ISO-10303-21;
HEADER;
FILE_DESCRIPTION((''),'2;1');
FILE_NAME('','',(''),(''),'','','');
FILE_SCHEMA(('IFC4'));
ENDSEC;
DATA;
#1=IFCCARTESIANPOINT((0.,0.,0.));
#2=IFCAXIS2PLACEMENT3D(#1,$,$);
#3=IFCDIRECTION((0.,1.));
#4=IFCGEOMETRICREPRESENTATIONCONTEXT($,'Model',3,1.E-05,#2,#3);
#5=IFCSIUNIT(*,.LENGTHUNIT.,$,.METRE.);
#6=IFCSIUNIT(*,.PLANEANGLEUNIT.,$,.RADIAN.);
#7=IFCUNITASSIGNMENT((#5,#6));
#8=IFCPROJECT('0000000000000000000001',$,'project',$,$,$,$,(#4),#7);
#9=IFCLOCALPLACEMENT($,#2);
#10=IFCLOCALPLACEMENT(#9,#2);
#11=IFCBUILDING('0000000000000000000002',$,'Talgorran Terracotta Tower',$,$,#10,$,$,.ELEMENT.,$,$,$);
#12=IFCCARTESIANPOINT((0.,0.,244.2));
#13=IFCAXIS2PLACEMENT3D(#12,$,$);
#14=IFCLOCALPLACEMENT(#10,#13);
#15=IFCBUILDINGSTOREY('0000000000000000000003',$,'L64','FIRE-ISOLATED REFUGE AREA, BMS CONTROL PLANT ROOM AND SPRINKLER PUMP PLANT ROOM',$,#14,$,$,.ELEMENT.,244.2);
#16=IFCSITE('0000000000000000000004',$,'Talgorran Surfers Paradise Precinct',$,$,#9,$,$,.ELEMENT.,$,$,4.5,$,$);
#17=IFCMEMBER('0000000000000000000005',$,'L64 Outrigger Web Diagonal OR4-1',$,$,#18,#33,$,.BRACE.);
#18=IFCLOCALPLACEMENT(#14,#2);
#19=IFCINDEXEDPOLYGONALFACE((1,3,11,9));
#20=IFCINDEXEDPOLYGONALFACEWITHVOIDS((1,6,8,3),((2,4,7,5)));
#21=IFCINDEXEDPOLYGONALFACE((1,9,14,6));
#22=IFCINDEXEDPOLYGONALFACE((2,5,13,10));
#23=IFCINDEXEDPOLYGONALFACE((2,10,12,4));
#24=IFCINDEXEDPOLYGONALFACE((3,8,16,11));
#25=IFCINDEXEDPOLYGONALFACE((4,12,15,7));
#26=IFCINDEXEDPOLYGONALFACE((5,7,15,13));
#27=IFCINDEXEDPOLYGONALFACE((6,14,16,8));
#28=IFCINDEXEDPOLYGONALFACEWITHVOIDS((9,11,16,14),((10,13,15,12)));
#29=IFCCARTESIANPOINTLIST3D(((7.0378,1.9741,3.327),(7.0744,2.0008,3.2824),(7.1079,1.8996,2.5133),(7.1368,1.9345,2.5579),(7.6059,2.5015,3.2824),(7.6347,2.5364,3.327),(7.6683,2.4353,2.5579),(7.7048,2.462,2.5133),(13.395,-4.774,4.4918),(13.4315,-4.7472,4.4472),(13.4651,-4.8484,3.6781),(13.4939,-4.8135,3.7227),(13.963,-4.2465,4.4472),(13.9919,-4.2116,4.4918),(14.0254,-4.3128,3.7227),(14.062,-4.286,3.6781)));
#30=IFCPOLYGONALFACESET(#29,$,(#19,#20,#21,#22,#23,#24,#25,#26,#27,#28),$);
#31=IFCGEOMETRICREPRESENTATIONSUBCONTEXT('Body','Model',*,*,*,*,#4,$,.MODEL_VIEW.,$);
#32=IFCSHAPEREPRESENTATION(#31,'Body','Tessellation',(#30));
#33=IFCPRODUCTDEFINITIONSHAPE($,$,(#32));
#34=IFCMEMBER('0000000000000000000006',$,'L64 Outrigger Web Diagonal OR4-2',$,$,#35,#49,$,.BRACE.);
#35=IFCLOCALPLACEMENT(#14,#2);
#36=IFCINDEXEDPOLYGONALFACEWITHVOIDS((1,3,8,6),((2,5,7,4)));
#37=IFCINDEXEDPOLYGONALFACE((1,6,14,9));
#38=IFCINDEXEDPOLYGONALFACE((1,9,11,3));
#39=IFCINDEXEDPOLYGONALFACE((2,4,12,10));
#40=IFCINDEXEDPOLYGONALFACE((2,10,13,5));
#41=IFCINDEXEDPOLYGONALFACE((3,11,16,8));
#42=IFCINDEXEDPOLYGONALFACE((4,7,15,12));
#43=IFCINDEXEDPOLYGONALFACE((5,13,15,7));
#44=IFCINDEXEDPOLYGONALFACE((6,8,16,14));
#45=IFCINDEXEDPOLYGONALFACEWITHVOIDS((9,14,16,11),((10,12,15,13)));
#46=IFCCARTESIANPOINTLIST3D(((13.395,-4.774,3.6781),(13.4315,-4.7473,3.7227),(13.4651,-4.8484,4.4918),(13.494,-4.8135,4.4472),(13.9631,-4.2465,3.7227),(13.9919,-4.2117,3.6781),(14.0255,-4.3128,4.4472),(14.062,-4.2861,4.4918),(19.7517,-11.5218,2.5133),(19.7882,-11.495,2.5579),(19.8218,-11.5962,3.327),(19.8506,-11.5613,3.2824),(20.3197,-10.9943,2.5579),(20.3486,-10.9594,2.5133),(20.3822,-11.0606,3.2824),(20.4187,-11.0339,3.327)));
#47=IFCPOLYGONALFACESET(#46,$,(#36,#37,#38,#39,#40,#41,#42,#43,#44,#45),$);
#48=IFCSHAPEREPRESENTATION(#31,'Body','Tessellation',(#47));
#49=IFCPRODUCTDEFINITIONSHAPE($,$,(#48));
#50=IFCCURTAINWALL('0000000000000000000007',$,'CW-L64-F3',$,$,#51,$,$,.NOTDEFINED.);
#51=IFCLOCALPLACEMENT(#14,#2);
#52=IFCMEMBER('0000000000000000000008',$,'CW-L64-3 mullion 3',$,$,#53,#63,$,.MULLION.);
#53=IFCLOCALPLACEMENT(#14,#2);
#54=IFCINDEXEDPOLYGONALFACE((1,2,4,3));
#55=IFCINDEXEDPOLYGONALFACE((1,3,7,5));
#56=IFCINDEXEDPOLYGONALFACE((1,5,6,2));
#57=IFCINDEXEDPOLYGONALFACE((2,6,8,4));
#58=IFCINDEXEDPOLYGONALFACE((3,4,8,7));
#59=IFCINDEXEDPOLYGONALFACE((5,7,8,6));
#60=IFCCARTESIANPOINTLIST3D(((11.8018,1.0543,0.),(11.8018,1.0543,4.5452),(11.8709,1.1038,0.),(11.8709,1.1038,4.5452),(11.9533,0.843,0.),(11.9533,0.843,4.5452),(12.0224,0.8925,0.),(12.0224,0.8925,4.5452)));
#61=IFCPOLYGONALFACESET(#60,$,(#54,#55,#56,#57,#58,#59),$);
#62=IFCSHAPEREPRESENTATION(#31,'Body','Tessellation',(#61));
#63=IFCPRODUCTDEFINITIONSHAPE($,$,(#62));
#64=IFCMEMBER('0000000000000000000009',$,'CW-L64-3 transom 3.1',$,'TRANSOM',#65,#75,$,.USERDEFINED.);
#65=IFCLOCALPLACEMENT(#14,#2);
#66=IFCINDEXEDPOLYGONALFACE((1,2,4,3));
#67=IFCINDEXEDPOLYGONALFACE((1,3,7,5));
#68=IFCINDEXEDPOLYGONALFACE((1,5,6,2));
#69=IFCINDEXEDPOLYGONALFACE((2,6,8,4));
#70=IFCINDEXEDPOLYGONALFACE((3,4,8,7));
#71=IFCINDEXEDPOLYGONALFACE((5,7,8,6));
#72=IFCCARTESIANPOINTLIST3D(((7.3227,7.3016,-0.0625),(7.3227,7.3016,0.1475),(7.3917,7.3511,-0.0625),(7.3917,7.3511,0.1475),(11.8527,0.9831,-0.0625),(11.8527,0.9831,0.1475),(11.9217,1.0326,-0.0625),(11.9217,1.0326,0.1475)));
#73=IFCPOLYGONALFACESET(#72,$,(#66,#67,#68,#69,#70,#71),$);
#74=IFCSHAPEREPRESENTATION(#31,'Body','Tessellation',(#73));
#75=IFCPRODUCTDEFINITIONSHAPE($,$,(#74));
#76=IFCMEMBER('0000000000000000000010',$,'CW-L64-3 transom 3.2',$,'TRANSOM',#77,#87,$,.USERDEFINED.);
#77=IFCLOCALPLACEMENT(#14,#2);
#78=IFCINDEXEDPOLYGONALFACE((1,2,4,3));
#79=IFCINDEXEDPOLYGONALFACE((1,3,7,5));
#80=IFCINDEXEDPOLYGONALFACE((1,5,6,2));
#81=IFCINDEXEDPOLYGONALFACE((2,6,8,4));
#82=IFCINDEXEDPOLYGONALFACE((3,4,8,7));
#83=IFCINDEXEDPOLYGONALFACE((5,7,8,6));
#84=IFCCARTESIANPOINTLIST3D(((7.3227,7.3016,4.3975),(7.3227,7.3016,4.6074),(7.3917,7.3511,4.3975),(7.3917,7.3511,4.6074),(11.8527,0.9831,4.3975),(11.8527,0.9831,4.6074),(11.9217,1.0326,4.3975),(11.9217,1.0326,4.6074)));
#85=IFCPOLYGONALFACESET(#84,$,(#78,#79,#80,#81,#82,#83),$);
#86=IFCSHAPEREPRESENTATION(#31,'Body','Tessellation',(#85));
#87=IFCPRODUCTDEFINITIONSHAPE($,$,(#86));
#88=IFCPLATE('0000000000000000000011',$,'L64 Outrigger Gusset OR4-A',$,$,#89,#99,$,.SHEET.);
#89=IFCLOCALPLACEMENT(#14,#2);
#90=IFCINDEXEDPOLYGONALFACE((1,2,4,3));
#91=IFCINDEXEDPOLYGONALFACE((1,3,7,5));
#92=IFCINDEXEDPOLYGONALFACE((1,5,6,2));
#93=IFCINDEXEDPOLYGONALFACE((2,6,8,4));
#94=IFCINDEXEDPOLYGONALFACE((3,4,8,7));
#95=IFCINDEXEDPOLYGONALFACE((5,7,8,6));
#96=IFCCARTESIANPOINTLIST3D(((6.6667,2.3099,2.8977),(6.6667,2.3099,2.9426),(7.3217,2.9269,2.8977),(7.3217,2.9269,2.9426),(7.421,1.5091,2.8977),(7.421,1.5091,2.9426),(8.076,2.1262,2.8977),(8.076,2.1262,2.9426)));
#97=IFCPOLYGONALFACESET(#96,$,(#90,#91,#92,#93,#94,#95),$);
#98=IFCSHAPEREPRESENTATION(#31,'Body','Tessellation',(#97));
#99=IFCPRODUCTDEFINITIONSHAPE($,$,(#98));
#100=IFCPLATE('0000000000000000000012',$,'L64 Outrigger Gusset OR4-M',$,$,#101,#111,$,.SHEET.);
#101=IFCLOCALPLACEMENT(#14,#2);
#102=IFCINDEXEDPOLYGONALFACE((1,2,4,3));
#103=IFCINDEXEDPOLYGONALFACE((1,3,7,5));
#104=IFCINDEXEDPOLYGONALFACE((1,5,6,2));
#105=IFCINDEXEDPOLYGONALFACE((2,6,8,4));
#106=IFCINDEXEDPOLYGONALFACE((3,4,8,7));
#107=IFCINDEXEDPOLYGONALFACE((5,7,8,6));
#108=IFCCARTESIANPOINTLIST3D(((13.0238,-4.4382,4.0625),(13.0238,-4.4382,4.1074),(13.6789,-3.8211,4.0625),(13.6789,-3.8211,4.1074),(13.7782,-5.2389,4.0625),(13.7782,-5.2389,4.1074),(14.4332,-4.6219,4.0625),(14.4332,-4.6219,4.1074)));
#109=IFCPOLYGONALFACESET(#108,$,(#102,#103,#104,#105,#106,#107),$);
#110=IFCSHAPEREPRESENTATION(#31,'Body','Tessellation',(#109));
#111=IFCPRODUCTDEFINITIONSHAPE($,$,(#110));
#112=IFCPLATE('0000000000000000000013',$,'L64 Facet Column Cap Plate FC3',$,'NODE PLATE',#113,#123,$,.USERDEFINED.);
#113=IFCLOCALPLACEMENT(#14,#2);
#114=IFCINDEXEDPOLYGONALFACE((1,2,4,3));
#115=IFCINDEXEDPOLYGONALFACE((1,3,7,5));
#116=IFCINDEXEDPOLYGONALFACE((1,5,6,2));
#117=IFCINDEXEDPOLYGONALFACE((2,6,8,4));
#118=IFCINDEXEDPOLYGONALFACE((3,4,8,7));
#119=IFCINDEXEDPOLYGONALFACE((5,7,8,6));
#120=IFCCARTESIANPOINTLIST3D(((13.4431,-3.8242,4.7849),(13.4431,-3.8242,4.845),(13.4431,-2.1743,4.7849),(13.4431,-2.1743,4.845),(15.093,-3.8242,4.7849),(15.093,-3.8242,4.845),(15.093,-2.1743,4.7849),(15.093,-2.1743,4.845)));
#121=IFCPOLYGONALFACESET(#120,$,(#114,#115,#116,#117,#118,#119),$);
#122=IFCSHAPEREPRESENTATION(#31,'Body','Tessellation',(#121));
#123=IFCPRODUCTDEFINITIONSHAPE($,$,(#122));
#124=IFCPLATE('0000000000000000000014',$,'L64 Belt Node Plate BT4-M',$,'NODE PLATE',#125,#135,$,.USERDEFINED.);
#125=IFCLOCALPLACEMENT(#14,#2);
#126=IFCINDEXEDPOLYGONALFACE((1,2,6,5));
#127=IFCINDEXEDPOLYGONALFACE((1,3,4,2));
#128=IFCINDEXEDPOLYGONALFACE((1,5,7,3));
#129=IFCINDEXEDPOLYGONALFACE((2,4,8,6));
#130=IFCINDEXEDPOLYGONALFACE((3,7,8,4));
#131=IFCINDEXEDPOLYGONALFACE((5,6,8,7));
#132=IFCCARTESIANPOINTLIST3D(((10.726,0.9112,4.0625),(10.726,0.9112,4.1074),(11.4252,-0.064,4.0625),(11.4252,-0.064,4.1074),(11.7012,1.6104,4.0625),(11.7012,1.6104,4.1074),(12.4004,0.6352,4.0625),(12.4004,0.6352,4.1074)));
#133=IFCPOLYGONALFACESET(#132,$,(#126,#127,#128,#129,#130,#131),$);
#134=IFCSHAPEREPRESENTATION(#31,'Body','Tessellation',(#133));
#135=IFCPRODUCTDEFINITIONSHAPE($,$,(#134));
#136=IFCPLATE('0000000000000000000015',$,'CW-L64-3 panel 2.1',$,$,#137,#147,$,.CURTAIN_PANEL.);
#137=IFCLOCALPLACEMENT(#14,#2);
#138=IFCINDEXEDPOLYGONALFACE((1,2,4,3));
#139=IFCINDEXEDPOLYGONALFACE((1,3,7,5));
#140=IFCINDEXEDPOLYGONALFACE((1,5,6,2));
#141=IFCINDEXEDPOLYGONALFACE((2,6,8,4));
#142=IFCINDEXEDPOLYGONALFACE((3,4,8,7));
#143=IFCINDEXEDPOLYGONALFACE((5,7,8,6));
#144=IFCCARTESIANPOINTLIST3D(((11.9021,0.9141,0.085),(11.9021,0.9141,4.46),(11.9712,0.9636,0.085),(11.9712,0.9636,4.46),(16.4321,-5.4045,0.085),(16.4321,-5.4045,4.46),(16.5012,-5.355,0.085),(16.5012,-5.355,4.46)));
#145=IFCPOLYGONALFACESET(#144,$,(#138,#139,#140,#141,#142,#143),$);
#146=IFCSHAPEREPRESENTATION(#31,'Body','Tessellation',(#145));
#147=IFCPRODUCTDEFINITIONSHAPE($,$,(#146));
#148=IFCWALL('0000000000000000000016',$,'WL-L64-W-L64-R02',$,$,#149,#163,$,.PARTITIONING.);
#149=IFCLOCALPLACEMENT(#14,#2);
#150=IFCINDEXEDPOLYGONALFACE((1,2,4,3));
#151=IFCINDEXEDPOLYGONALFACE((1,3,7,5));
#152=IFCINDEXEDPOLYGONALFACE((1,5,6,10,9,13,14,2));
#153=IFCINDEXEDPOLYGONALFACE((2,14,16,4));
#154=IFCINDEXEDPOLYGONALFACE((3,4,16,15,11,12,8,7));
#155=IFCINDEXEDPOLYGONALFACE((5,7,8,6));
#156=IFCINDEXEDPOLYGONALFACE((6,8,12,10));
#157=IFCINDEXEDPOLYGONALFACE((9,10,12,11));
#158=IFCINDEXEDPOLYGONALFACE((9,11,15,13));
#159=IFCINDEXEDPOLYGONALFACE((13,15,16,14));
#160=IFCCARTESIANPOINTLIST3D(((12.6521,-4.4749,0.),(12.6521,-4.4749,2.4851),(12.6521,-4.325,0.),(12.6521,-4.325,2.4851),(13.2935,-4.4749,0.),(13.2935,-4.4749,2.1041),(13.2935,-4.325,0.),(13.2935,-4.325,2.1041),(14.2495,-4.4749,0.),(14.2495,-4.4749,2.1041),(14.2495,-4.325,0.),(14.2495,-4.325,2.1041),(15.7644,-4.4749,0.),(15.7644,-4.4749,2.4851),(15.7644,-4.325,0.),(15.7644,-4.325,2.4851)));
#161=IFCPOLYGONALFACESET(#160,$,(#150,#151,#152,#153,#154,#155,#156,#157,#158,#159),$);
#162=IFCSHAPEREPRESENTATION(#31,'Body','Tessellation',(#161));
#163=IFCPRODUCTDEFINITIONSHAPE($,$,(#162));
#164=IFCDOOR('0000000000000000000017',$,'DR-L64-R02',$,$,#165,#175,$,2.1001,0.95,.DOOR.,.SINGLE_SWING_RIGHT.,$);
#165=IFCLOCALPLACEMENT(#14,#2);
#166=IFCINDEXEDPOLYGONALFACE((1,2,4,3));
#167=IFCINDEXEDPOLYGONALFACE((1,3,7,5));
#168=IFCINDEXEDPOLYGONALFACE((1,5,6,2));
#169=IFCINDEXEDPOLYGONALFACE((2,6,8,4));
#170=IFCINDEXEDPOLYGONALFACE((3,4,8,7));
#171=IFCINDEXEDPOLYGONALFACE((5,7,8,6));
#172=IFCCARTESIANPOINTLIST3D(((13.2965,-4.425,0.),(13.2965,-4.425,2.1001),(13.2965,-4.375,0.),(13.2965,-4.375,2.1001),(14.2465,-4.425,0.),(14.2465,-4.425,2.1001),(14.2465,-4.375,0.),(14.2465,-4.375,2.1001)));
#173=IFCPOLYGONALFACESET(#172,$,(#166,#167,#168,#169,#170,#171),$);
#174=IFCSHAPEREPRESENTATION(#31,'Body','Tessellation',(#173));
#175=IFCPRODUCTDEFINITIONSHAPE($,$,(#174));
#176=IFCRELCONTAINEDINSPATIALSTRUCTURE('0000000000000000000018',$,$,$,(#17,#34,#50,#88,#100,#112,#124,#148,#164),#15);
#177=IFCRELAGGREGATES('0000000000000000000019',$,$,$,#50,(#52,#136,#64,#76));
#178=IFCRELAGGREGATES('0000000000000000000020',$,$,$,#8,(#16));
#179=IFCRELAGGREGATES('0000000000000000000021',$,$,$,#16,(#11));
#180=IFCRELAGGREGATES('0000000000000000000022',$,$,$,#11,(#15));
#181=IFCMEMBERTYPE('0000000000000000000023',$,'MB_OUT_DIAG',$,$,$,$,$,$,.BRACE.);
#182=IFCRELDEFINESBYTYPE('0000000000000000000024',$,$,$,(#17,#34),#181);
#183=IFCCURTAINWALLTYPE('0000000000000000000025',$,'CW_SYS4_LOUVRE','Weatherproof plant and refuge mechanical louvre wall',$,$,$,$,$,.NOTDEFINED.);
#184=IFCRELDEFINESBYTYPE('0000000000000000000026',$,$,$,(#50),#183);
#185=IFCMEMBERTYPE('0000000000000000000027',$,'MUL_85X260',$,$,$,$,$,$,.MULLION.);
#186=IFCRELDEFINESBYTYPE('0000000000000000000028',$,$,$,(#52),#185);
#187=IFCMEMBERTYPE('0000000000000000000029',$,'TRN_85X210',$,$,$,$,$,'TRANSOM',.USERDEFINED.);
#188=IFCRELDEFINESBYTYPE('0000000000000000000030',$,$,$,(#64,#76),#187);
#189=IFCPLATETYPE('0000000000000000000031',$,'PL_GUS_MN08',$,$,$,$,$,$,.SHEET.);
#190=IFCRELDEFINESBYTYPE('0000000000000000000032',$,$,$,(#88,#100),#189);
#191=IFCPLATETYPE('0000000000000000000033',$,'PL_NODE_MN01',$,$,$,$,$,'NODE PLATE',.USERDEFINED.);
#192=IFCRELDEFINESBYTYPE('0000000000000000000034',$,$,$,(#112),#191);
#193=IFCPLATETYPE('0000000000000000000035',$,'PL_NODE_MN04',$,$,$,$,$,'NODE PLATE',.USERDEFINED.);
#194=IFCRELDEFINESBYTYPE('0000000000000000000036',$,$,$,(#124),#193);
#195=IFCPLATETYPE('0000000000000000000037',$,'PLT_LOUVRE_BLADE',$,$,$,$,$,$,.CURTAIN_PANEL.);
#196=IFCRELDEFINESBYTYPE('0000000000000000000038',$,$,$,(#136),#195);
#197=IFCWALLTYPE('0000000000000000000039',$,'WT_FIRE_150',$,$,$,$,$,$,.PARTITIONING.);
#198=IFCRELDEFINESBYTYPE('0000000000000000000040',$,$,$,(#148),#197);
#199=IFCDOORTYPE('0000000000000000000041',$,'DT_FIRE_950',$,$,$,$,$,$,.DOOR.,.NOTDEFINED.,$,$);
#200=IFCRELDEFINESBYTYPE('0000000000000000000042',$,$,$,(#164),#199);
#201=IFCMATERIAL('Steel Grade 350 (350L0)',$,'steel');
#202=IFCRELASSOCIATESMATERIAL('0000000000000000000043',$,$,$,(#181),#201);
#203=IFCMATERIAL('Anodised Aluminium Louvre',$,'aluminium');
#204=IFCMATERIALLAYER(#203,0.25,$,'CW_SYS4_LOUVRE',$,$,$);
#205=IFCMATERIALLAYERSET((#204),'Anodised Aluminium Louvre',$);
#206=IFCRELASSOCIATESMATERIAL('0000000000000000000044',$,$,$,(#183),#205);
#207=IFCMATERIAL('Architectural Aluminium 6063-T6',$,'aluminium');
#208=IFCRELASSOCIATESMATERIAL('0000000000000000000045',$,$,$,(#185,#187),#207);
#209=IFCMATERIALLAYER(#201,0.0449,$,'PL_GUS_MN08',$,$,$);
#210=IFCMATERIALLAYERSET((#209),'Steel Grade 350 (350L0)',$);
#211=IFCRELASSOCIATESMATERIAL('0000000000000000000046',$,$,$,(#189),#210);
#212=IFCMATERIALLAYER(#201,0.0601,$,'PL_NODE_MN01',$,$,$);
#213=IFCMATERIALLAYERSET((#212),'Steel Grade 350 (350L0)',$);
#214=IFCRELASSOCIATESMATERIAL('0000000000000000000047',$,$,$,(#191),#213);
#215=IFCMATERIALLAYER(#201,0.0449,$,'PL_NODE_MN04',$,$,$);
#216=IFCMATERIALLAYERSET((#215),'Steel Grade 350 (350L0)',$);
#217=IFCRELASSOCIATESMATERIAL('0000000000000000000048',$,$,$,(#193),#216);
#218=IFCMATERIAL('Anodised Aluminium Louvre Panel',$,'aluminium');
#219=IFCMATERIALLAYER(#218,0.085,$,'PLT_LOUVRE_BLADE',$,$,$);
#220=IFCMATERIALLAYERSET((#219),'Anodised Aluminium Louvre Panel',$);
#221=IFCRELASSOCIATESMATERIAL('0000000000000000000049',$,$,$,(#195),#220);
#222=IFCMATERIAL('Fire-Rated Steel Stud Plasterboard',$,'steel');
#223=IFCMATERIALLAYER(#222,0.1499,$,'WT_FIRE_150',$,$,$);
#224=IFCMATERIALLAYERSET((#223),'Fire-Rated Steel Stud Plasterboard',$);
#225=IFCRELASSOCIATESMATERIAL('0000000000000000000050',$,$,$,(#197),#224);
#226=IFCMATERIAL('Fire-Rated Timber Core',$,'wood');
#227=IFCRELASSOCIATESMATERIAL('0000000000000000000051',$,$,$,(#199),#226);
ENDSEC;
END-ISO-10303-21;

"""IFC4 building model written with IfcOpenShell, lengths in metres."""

from ifc_helpers import new_model, si_unit, direction, frame, frame_2d, origin, origin_2d, place, context, subcontext, project, spatial, rectangle, hollow_rectangle, extrude, source, transform, mapped, material, layer, layer_set, material_profile, profile_set, type_object, type_shapes, element, fill, aggregate, save


model = new_model("IFC4")

# Units and contexts
model_context = context("Model", 3, precision=1e-05, world=origin(), true_north=direction((0.0, 1.0)))
body_context = subcontext(model_context, "Body", "Model", "MODEL_VIEW")
ifc_project = project(units=[si_unit("LENGTHUNIT", "METRE"), si_unit("PLANEANGLEUNIT", "RADIAN")], contexts=[model_context])

# Site, building, storey
site_placement = place(None, origin())
site = spatial("IfcSite", under=ifc_project, at=site_placement, Name="Talgorran Surfers Paradise Precinct", CompositionType="ELEMENT", RefElevation=4.5)
building_placement = place(site_placement, origin())
building = spatial("IfcBuilding", under=site, at=building_placement, Name="Talgorran Terracotta Tower", CompositionType="ELEMENT")
storey_placement = place(building_placement, frame((0.0, 0.0, 244.2)))
storey = spatial("IfcBuildingStorey", under=building, at=storey_placement, Name="L64", Description="FIRE-ISOLATED REFUGE AREA, BMS CONTROL PLANT ROOM AND SPRINKLER PUMP PLANT ROOM", CompositionType="ELEMENT", Elevation=244.2)

# Shared definitions
ifc_material_1 = material(Name="Steel Grade 350 (350L0)", Category="steel")

# Members
ifc_material_profile_1 = material_profile(ifc_material_1, hollow_rectangle(XDim=0.8201, YDim=0.8201, WallThickness=0.0449, at=origin_2d()), Name="WBOX820X820X45")
ifc_profile_set_1 = profile_set([ifc_material_profile_1], Name="Steel Grade 350 (350L0)")
member_type_1 = type_object("IfcMemberType", Name="MB_OUT_DIAG", PredefinedType="BRACE", material=ifc_profile_set_1)
member_1_placement = place(storey_placement, frame((7.3713, 2.218, 2.9202), z_axis=(0.680363, -0.722195, 0.12466), x_axis=(0.727873, 0.685712, 0.0)))
element("IfcMember", 1, at=member_1_placement, inside=storey, type_object=member_type_1, Name="L64 Outrigger Web Diagonal OR4-1", PredefinedType="BRACE", context=body_context, shape_type="SweptSolid", body=[
    extrude(hollow_rectangle(XDim=0.8201, YDim=0.8201, WallThickness=0.0449, at=origin_2d()), origin(), (0.0, 0.0, 1.0), 9.3438),
])
member_2_placement = place(storey_placement, frame((13.7285, -4.53, 4.085), z_axis=(0.680348, -0.722208, -0.124666), x_axis=(0.727887, 0.685697, 0.0)))
element("IfcMember", 2, at=member_2_placement, inside=storey, type_object=member_type_1, Name="L64 Outrigger Web Diagonal OR4-2", PredefinedType="BRACE", context=body_context, shape_type="SweptSolid", body=[
    extrude(hollow_rectangle(XDim=0.8201, YDim=0.8201, WallThickness=0.0449, at=origin_2d()), origin(), (0.0, 0.0, 1.0), 9.3433),
])

# Curtain wall, members
ifc_material_2 = material(Name="Anodised Aluminium Louvre", Category="aluminium")
ifc_layer_1 = layer(ifc_material_2, 0.25, Name="CW_SYS4_LOUVRE")
ifc_layer_set_1 = layer_set([ifc_layer_1], Name="Anodised Aluminium Louvre")
curtain_wall_type = type_object("IfcCurtainWallType", Name="CW_SYS4_LOUVRE", Description="Weatherproof plant and refuge mechanical louvre wall", PredefinedType="NOTDEFINED", material=ifc_layer_set_1)
curtain_wall_placement = place(storey_placement, origin())
curtain_wall = element("IfcCurtainWall", 3, at=curtain_wall_placement, inside=storey, type_object=curtain_wall_type, Name="CW-L64-F3", PredefinedType="NOTDEFINED")
ifc_material_3 = material(Name="Architectural Aluminium 6063-T6", Category="aluminium")
ifc_material_profile_2 = material_profile(ifc_material_3, rectangle(XDim=0.085, YDim=0.26, at=origin_2d()), Name="CWM85X260")
ifc_profile_set_2 = profile_set([ifc_material_profile_2], Name="Architectural Aluminium 6063-T6")
member_type_2 = type_object("IfcMemberType", Name="MUL_85X260", PredefinedType="MULLION", material=ifc_profile_set_2)
member_3_placement = place(storey_placement, frame((11.9121, 0.9734, 0.0), z_axis=(0.0, 0.0, 1.0), x_axis=(-0.812713, -0.582665, 0.0)))
member_3 = element("IfcMember", 4, at=member_3_placement, type_object=member_type_2, Name="CW-L64-3 mullion 3", PredefinedType="MULLION", context=body_context, shape_type="SweptSolid", body=[
    extrude(rectangle(XDim=0.085, YDim=0.26, at=origin_2d()), origin(), (0.0, 0.0, 1.0), 4.5452),
])
ifc_material_profile_3 = material_profile(ifc_material_3, rectangle(XDim=0.085, YDim=0.21, at=origin_2d()), Name="CWT85X210")
ifc_profile_set_3 = profile_set([ifc_material_profile_3], Name="Architectural Aluminium 6063-T6")
member_type_3 = type_object("IfcMemberType", Name="TRN_85X210", ElementType="TRANSOM", PredefinedType="USERDEFINED", material=ifc_profile_set_3)
member_4_placement = place(storey_placement, frame((11.8872, 1.0078, 0.0425), z_axis=(-0.582663, 0.812714, 0.0), x_axis=(-0.812714, -0.582663, 0.0)))
member_4 = element("IfcMember", 5, at=member_4_placement, type_object=member_type_3, Name="CW-L64-3 transom 3.1", ObjectType="TRANSOM", PredefinedType="USERDEFINED", context=body_context, shape_type="SweptSolid", body=[
    extrude(rectangle(XDim=0.085, YDim=0.21, at=origin_2d()), origin(), (0.0, 0.0, 1.0), 7.7747),
])
member_5_placement = place(storey_placement, frame((11.8872, 1.0078, 4.5024), z_axis=(-0.582663, 0.812714, 0.0), x_axis=(-0.812714, -0.582663, 0.0)))
member_5 = element("IfcMember", 6, at=member_5_placement, type_object=member_type_3, Name="CW-L64-3 transom 3.2", ObjectType="TRANSOM", PredefinedType="USERDEFINED", context=body_context, shape_type="SweptSolid", body=[
    extrude(rectangle(XDim=0.085, YDim=0.21, at=origin_2d()), origin(), (0.0, 0.0, 1.0), 7.7747),
])

# Plates
ifc_layer_2 = layer(ifc_material_1, 0.0449, Name="PL_GUS_MN08")
ifc_layer_set_2 = layer_set([ifc_layer_2], Name="Steel Grade 350 (350L0)")
plate_type_1 = type_object("IfcPlateType", Name="PL_GUS_MN08", PredefinedType="SHEET", material=ifc_layer_set_2)
for number, where, z_axis, x_axis, name in (
    (7, (7.3713, 2.218, 2.8977), (0.0, 0.0, 1.0), (0.685691, -0.727892, 0.0), "L64 Outrigger Gusset OR4-A"),
    (8, (13.7285, -4.53, 4.0625), (0.0, 0.0, 1.0), (0.685691, -0.727892, 0.0), "L64 Outrigger Gusset OR4-M"),
):
    element("IfcPlate", number, at=place(storey_placement, frame(where, z_axis=z_axis, x_axis=x_axis)), inside=storey, type_object=plate_type_1, Name=name, PredefinedType="SHEET", context=body_context, shape_type="SweptSolid", body=[
        extrude(rectangle(XDim=1.1001, YDim=0.8999, at=origin_2d()), origin(), (0.0, 0.0, 1.0), 0.0449),
    ])
ifc_layer_3 = layer(ifc_material_1, 0.0601, Name="PL_NODE_MN01")
ifc_layer_set_3 = layer_set([ifc_layer_3], Name="Steel Grade 350 (350L0)")
plate_type_2 = type_object("IfcPlateType", Name="PL_NODE_MN01", ElementType="NODE PLATE", PredefinedType="USERDEFINED", material=ifc_layer_set_3)
plate_1_placement = place(storey_placement, frame((14.2681, -2.9993, 4.7849), z_axis=(0.0, 0.0, 1.0), x_axis=(1.0, 0.0, 0.0)))
element("IfcPlate", 9, at=plate_1_placement, inside=storey, type_object=plate_type_2, Name="L64 Facet Column Cap Plate FC3", ObjectType="NODE PLATE", PredefinedType="USERDEFINED", context=body_context, shape_type="SweptSolid", body=[
    extrude(rectangle(XDim=1.6499, YDim=1.6499, at=origin_2d()), origin(), (0.0, 0.0, 1.0), 0.0601),
])
ifc_layer_4 = layer(ifc_material_1, 0.0449, Name="PL_NODE_MN04")
ifc_layer_set_4 = layer_set([ifc_layer_4], Name="Steel Grade 350 (350L0)")
plate_type_3 = type_object("IfcPlateType", Name="PL_NODE_MN04", ElementType="NODE PLATE", PredefinedType="USERDEFINED", material=ifc_layer_set_4)
plate_2_placement = place(storey_placement, frame((11.5632, 0.7732, 4.0625), z_axis=(0.0, 0.0, 1.0), x_axis=(-0.58269, 0.812694, 0.0)))
element("IfcPlate", 10, at=plate_2_placement, inside=storey, type_object=plate_type_3, Name="L64 Belt Node Plate BT4-M", ObjectType="NODE PLATE", PredefinedType="USERDEFINED", context=body_context, shape_type="SweptSolid", body=[
    extrude(rectangle(XDim=1.2, YDim=1.2, at=origin_2d()), origin(), (0.0, 0.0, 1.0), 0.0449),
])

# Plate
ifc_material_4 = material(Name="Anodised Aluminium Louvre Panel", Category="aluminium")
ifc_layer_5 = layer(ifc_material_4, 0.085, Name="PLT_LOUVRE_BLADE")
ifc_layer_set_5 = layer_set([ifc_layer_5], Name="Anodised Aluminium Louvre Panel")
plate_type_4 = type_object("IfcPlateType", Name="PLT_LOUVRE_BLADE", PredefinedType="CURTAIN_PANEL", material=ifc_layer_set_5)
shared_shape = source(origin(), body_context, "Body", "SweptSolid", [
    extrude(rectangle(XDim=7.7747, YDim=0.085, at=origin_2d()), origin(), (0.0, 0.0, 1.0), 4.375),
])
type_shapes(plate_type_4, [shared_shape])
plate_3_placement = place(storey_placement, frame((14.2017, -2.2205, 0.085), z_axis=(0.0, 0.0, 1.0), x_axis=(-0.582665, 0.812713, 0.0)))
plate_3 = element("IfcPlate", 11, at=plate_3_placement, type_object=plate_type_4, Name="CW-L64-3 panel 2.1", PredefinedType="CURTAIN_PANEL", context=body_context, shape_type="MappedRepresentation", body=[
    mapped(shared_shape, transform((0.0, 0.0, 0.0), scale=1.0)),
])
aggregate(curtain_wall, [member_3, plate_3, member_4, member_5])

# Wall, opening, door
ifc_material_5 = material(Name="Fire-Rated Steel Stud Plasterboard", Category="steel")
ifc_layer_6 = layer(ifc_material_5, 0.1499, Name="WT_FIRE_150")
ifc_layer_set_6 = layer_set([ifc_layer_6], Name="Fire-Rated Steel Stud Plasterboard")
wall_type = type_object("IfcWallType", Name="WT_FIRE_150", PredefinedType="PARTITIONING", material=ifc_layer_set_6)
wall_placement = place(storey_placement, frame((12.6521, -4.3999, 0.0), z_axis=(0.0, 0.0, 1.0), x_axis=(1.0, 0.0, 0.0)))
wall = element("IfcWall", 12, at=wall_placement, inside=storey, type_object=wall_type, Name="WL-L64-W-L64-R02", PredefinedType="PARTITIONING", context=body_context, shape_type="SweptSolid", body=[
    extrude(rectangle(XDim=3.1123, YDim=0.1499, at=frame_2d((1.5562, 0.0))), origin(), (0.0, 0.0, 1.0), 2.4851),
])
opening_placement = place(wall_placement, frame((0.6443, 0.0, 0.0)))
opening = element("IfcOpeningElement", 13, at=opening_placement, cuts=wall, PredefinedType="OPENING", context=body_context, shape_type="SweptSolid", body=[
    extrude(rectangle(XDim=0.956, YDim=2.1041, at=frame_2d((0.4751, 1.052))), frame((0.0, 0.085, 0.0), z_axis=(0.0, -1.0, 0.0), x_axis=(1.0, 0.0, 0.0)), (0.0, 0.0, 1.0), 0.1699),
])
ifc_material_6 = material(Name="Fire-Rated Timber Core", Category="wood")
door_type = type_object("IfcDoorType", Name="DT_FIRE_950", OperationType="NOTDEFINED", PredefinedType="DOOR", material=ifc_material_6)
door_placement = place(opening_placement, origin())
door = element("IfcDoor", 14, at=door_placement, inside=storey, type_object=door_type, Name="DR-L64-R02", OperationType="SINGLE_SWING_RIGHT", OverallHeight=2.1001, OverallWidth=0.95, PredefinedType="DOOR", context=body_context, shape_type="SweptSolid", body=[
    extrude(rectangle(XDim=0.95, YDim=2.1001, at=frame_2d((0.4751, 1.05))), frame((0.0, 0.0249, 0.0), z_axis=(0.0, -1.0, 0.0), x_axis=(1.0, 0.0, 0.0)), (0.0, 0.0, 1.0), 0.05),
])
fill(opening, door)

save(model, "model.ifc")
